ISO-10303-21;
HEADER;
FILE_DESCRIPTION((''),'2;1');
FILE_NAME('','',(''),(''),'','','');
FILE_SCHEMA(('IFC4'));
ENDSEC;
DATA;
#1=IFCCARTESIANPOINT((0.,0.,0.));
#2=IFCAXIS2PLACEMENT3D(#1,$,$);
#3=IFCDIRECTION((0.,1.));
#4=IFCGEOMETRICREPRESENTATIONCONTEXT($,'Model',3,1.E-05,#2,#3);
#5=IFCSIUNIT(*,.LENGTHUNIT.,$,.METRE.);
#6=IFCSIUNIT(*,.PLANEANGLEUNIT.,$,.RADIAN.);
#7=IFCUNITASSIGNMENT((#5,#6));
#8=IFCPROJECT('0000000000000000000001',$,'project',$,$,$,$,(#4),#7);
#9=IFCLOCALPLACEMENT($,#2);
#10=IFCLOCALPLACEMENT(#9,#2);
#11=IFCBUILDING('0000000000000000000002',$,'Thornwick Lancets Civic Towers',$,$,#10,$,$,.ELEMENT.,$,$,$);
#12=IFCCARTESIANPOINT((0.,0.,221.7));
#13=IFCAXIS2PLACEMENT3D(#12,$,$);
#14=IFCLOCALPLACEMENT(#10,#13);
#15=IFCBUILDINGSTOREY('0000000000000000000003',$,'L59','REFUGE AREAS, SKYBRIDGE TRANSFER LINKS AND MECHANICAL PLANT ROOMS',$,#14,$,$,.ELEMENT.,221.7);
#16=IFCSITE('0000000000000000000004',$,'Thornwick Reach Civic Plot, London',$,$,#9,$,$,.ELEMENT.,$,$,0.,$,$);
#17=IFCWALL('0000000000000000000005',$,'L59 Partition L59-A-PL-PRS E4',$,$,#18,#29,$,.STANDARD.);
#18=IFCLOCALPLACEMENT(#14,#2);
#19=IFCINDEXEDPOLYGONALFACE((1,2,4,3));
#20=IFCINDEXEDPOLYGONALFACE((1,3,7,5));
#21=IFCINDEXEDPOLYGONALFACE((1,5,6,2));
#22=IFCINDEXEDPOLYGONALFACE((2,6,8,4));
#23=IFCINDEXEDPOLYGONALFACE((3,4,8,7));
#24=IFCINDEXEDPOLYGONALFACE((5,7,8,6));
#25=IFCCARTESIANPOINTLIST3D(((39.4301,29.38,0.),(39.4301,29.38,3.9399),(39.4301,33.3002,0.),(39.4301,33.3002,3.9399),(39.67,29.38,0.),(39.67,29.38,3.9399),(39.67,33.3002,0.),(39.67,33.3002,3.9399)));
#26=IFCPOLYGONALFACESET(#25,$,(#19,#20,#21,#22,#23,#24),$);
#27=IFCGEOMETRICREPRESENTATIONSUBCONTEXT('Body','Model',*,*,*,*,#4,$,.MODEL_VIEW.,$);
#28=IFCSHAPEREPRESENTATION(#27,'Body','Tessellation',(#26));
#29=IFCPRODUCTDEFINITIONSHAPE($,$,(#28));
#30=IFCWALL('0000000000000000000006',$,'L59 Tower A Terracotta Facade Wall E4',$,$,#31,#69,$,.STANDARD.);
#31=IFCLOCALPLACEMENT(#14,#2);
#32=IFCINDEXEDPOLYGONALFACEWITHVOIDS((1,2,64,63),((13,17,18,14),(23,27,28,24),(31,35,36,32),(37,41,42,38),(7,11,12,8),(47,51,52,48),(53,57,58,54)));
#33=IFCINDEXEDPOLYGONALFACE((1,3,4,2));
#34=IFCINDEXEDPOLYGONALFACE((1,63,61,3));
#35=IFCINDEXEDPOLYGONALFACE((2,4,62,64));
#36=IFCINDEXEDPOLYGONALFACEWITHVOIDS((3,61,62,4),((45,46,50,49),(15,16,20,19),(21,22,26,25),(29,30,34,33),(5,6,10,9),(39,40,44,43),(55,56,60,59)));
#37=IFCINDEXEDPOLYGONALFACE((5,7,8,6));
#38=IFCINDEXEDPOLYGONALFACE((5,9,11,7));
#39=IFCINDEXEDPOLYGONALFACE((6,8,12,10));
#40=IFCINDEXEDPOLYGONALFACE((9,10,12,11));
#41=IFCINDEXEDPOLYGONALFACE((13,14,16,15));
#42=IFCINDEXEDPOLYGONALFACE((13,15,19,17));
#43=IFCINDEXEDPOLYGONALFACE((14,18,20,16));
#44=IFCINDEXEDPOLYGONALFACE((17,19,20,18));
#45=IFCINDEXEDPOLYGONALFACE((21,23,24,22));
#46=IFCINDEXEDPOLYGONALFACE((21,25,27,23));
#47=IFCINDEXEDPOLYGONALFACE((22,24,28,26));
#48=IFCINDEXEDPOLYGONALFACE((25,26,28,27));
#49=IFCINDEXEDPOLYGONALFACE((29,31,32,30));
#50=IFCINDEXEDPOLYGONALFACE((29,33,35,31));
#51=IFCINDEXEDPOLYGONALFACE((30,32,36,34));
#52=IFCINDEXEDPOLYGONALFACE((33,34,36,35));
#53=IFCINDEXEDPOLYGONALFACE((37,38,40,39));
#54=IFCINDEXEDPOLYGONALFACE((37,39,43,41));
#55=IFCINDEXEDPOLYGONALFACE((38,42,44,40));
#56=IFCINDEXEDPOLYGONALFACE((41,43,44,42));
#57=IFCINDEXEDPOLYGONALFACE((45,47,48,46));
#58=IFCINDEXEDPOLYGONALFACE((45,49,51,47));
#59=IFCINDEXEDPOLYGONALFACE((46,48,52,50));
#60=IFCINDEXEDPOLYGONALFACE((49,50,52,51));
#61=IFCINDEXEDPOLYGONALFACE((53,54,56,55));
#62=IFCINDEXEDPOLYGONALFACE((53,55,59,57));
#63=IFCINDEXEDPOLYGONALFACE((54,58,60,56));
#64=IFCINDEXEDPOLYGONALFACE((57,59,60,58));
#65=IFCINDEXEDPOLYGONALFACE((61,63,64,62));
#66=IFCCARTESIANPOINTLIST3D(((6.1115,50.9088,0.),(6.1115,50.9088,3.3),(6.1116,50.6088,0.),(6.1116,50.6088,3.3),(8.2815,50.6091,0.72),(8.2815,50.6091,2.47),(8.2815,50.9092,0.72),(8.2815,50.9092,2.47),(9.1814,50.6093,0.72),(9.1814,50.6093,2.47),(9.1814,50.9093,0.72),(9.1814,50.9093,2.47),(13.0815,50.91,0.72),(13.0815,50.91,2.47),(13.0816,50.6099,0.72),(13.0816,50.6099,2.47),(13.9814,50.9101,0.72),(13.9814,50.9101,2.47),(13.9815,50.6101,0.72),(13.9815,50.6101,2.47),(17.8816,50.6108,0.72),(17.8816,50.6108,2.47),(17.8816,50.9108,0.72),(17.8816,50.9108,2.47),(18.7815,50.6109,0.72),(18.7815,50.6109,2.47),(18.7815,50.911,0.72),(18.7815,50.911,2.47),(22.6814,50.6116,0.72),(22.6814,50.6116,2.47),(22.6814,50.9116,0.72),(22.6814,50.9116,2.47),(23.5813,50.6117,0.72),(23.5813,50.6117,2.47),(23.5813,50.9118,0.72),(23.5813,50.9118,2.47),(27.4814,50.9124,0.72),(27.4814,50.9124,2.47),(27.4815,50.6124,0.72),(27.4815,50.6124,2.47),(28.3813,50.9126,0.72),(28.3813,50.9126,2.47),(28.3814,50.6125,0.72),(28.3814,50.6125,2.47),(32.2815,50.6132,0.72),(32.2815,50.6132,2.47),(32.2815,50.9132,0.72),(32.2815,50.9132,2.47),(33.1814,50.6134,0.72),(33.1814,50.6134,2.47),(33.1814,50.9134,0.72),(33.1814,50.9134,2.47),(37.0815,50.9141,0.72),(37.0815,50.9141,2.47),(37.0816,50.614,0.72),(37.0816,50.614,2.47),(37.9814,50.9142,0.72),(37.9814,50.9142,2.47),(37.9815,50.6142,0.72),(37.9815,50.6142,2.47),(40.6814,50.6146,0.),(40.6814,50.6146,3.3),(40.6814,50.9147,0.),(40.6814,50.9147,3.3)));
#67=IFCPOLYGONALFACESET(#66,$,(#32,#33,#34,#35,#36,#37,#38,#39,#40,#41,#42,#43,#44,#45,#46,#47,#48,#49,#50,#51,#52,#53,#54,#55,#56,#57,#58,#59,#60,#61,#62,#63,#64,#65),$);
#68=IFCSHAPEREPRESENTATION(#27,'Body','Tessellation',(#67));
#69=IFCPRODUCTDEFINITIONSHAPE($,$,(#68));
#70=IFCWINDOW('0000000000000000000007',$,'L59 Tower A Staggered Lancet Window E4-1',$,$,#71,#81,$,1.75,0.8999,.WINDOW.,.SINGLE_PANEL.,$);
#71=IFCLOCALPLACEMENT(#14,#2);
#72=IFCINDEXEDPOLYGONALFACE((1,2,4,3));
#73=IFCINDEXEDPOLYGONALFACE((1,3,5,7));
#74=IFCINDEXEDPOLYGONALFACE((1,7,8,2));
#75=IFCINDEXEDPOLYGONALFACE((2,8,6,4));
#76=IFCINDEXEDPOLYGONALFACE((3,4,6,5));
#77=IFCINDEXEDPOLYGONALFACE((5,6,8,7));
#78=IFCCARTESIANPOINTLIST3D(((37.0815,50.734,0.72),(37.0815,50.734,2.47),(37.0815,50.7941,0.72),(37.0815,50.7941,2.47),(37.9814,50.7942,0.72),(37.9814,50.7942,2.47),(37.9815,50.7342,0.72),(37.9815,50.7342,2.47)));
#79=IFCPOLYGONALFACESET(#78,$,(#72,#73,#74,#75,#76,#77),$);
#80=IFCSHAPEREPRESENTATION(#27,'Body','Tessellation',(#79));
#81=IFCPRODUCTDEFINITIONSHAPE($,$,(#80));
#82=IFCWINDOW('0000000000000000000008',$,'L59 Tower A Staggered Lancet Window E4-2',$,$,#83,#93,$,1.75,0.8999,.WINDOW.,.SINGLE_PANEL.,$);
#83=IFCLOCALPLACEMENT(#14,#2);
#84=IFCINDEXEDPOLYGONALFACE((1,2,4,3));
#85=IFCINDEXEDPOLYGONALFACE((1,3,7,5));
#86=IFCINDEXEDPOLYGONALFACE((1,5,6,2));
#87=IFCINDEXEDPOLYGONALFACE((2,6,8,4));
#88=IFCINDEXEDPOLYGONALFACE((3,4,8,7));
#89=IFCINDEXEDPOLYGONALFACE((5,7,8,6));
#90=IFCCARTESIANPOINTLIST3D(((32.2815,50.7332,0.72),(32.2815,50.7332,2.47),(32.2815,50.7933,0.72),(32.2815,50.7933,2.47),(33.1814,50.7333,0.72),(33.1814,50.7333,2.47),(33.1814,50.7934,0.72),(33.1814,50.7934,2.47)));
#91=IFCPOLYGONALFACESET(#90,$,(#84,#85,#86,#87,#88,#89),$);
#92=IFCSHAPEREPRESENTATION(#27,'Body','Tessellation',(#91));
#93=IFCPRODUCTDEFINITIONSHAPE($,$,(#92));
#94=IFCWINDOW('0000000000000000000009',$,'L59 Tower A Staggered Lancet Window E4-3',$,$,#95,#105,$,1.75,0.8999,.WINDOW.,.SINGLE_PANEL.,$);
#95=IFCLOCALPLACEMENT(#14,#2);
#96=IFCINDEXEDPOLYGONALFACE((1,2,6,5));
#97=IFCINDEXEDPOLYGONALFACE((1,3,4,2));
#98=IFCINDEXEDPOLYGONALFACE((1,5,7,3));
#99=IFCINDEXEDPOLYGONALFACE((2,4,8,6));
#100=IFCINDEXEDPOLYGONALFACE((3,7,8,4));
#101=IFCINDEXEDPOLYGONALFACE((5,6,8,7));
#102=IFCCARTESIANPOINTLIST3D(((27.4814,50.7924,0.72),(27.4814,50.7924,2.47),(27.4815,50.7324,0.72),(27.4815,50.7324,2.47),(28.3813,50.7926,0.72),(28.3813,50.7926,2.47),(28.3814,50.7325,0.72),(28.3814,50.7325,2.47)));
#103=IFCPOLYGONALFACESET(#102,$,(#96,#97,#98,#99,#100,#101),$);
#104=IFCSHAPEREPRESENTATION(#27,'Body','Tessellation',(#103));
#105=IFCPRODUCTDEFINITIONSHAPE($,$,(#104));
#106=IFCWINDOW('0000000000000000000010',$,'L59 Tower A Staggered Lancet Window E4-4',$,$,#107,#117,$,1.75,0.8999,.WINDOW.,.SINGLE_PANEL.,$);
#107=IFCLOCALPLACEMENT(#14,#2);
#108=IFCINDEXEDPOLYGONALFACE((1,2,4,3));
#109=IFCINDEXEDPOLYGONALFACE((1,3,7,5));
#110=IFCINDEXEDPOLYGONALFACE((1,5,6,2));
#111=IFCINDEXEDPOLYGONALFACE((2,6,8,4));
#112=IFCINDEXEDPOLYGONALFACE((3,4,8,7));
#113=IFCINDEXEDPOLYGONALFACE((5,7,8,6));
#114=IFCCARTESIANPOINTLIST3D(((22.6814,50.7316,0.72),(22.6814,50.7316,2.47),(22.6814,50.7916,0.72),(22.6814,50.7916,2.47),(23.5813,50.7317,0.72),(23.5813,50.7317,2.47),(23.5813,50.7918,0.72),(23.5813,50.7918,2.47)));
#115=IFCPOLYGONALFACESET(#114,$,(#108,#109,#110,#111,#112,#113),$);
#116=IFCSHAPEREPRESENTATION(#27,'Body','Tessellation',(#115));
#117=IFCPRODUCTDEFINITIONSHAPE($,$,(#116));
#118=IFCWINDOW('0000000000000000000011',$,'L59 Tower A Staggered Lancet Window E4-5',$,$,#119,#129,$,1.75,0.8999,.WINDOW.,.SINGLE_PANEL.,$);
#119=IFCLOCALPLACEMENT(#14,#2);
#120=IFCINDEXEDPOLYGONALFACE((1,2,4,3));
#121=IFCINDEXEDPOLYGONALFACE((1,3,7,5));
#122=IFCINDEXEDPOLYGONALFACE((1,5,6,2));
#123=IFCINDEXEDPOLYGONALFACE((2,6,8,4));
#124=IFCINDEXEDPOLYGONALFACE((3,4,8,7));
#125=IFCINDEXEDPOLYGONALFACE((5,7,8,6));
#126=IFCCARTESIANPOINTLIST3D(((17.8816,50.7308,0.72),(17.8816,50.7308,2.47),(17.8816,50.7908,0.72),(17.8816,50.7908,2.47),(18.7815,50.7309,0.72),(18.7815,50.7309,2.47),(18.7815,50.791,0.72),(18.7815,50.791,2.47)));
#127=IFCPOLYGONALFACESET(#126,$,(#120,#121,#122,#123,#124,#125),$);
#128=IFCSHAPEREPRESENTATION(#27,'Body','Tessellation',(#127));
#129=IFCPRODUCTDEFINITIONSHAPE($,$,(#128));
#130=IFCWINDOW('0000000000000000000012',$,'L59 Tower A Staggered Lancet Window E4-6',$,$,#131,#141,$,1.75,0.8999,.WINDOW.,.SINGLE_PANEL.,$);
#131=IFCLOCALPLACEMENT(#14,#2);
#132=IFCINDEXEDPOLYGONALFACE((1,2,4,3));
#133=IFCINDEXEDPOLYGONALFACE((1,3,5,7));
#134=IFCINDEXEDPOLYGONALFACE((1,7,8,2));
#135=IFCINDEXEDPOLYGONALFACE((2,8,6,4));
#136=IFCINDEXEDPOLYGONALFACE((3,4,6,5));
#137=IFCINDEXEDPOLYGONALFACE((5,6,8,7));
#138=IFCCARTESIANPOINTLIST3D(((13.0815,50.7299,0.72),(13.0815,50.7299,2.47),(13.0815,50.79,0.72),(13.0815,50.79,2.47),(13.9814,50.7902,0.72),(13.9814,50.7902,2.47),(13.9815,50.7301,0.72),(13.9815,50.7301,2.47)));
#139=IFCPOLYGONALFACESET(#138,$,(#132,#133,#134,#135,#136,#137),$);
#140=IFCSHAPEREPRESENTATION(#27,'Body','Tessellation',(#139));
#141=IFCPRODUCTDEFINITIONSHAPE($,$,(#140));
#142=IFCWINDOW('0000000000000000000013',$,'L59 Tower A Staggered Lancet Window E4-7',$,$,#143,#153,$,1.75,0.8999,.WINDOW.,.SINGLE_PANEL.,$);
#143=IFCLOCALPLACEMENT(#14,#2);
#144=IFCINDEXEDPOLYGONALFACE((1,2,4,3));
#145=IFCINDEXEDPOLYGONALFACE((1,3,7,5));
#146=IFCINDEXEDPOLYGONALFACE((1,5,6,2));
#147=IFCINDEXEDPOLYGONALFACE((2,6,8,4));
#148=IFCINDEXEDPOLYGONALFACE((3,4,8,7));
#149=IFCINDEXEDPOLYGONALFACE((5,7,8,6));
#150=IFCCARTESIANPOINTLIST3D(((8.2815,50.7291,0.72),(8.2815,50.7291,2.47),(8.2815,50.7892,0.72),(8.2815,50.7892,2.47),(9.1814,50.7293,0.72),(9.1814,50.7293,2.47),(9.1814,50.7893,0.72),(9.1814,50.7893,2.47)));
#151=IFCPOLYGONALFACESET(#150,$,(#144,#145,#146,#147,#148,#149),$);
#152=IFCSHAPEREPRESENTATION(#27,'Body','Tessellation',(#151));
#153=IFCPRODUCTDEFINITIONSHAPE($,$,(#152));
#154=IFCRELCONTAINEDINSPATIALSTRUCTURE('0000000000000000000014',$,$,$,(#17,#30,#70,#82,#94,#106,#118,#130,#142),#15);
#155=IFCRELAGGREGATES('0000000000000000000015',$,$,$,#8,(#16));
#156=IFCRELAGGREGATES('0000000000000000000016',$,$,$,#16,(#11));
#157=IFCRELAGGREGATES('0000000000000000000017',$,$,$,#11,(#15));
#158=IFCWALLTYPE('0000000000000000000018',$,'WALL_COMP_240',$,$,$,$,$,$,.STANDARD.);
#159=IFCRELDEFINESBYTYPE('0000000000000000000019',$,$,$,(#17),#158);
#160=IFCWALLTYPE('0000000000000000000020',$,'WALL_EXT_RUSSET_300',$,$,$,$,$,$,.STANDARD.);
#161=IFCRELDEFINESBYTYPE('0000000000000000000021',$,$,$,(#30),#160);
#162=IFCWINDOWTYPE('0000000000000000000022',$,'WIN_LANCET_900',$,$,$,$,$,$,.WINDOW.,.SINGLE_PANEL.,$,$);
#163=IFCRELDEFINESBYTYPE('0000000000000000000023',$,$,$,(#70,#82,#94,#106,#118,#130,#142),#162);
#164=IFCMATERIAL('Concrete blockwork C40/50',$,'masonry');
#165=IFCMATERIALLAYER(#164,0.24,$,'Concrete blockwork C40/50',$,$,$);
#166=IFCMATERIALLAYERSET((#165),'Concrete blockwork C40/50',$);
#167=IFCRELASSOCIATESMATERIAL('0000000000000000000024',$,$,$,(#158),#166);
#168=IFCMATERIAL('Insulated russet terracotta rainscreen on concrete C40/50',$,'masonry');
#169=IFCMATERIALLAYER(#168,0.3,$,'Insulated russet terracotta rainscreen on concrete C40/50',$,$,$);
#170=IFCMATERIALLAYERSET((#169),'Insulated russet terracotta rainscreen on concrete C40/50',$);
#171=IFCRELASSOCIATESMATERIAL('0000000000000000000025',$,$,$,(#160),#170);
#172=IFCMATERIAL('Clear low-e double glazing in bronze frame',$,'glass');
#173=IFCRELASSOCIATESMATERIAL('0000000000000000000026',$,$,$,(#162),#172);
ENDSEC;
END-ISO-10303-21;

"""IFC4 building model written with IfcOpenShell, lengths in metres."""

from ifc_helpers import new_model, si_unit, direction, frame, frame_2d, origin, place, context, subcontext, project, spatial, rectangle, extrude, material, layer, layer_set, type_object, element, fill, save


model = new_model("IFC4")

# Units and contexts
model_context = context("Model", 3, precision=1e-05, world=origin(), true_north=direction((0.0, 1.0)))
body_context = subcontext(model_context, "Body", "Model", "MODEL_VIEW")
ifc_project = project(units=[si_unit("LENGTHUNIT", "METRE"), si_unit("PLANEANGLEUNIT", "RADIAN")], contexts=[model_context])

# Site, building, storey
site_placement = place(None, origin())
site = spatial("IfcSite", under=ifc_project, at=site_placement, Name="Thornwick Reach Civic Plot, London", CompositionType="ELEMENT", RefElevation=0.0)
building_placement = place(site_placement, origin())
building = spatial("IfcBuilding", under=site, at=building_placement, Name="Thornwick Lancets Civic Towers", CompositionType="ELEMENT")
storey_placement = place(building_placement, frame((0.0, 0.0, 221.7)))
storey = spatial("IfcBuildingStorey", under=building, at=storey_placement, Name="L59", Description="REFUGE AREAS, SKYBRIDGE TRANSFER LINKS AND MECHANICAL PLANT ROOMS", CompositionType="ELEMENT", Elevation=221.7)

# Wall
ifc_material_1 = material(Name="Concrete blockwork C40/50", Category="masonry")
ifc_layer_1 = layer(ifc_material_1, 0.24, Name="Concrete blockwork C40/50")
ifc_layer_set_1 = layer_set([ifc_layer_1], Name="Concrete blockwork C40/50")
wall_type_1 = type_object("IfcWallType", Name="WALL_COMP_240", PredefinedType="STANDARD", material=ifc_layer_set_1)
wall_1_placement = place(storey_placement, frame((39.55, 33.3, 0.0), z_axis=(0.0, 0.0, 1.0), x_axis=(0.0, -1.0, 0.0)))
element("IfcWall", 1, at=wall_1_placement, inside=storey, type_object=wall_type_1, Name="L59 Partition L59-A-PL-PRS E4", PredefinedType="STANDARD", context=body_context, shape_type="SweptSolid", body=[
    extrude(rectangle(XDim=3.9202, YDim=0.24, at=frame_2d((1.96, 0.0))), origin(), (0.0, 0.0, 1.0), 3.9399),
])

# Wall, openings, windows
ifc_material_2 = material(Name="Insulated russet terracotta rainscreen on concrete C40/50", Category="masonry")
ifc_layer_2 = layer(ifc_material_2, 0.3, Name="Insulated russet terracotta rainscreen on concrete C40/50")
ifc_layer_set_2 = layer_set([ifc_layer_2], Name="Insulated russet terracotta rainscreen on concrete C40/50")
wall_type_2 = type_object("IfcWallType", Name="WALL_EXT_RUSSET_300", PredefinedType="STANDARD", material=ifc_layer_set_2)
wall_2_placement = place(storey_placement, frame((40.6814, 50.7646, 0.0), z_axis=(0.0, 0.0, 1.0), x_axis=(-1.0, -0.000169, 0.0)))
wall_2 = element("IfcWall", 2, at=wall_2_placement, inside=storey, type_object=wall_type_2, Name="L59 Tower A Terracotta Facade Wall E4", PredefinedType="STANDARD", context=body_context, shape_type="SweptSolid", body=[
    extrude(rectangle(XDim=34.5698, YDim=0.3, at=frame_2d((17.2849, 0.0))), origin(), (0.0, 0.0, 1.0), 3.3),
])
opening_1_placement = place(wall_2_placement, frame((2.7, 0.0, 0.72)))
opening_1 = element("IfcOpeningElement", 3, at=opening_1_placement, cuts=wall_2, PredefinedType="OPENING", context=body_context, shape_type="SweptSolid", body=[
    extrude(rectangle(XDim=0.8999, YDim=1.75, at=frame_2d((0.45, 0.875))), frame((0.0, 0.1602, 0.0), z_axis=(0.0, -1.0, 0.0), x_axis=(1.0, 0.0, 0.0)), (0.0, 0.0, 1.0), 0.3201),
])
opening_2_placement = place(wall_2_placement, frame((7.5, 0.0, 0.72)))
opening_2 = element("IfcOpeningElement", 4, at=opening_2_placement, cuts=wall_2, PredefinedType="OPENING", context=body_context, shape_type="SweptSolid", body=[
    extrude(rectangle(XDim=0.8999, YDim=1.75, at=frame_2d((0.45, 0.875))), frame((0.0, 0.1602, 0.0), z_axis=(0.0, -1.0, 0.0), x_axis=(1.0, 0.0, 0.0)), (0.0, 0.0, 1.0), 0.3201),
])
opening_3_placement = place(wall_2_placement, frame((12.3, 0.0, 0.72)))
opening_3 = element("IfcOpeningElement", 5, at=opening_3_placement, cuts=wall_2, PredefinedType="OPENING", context=body_context, shape_type="SweptSolid", body=[
    extrude(rectangle(XDim=0.8999, YDim=1.75, at=frame_2d((0.45, 0.875))), frame((0.0, 0.1602, 0.0), z_axis=(0.0, -1.0, 0.0), x_axis=(1.0, 0.0, 0.0)), (0.0, 0.0, 1.0), 0.3201),
])
opening_4_placement = place(wall_2_placement, frame((17.1001, 0.0, 0.72)))
opening_4 = element("IfcOpeningElement", 6, at=opening_4_placement, cuts=wall_2, PredefinedType="OPENING", context=body_context, shape_type="SweptSolid", body=[
    extrude(rectangle(XDim=0.8999, YDim=1.75, at=frame_2d((0.45, 0.875))), frame((0.0, 0.1602, 0.0), z_axis=(0.0, -1.0, 0.0), x_axis=(1.0, 0.0, 0.0)), (0.0, 0.0, 1.0), 0.3201),
])
opening_5_placement = place(wall_2_placement, frame((21.8999, 0.0, 0.72)))
opening_5 = element("IfcOpeningElement", 7, at=opening_5_placement, cuts=wall_2, PredefinedType="OPENING", context=body_context, shape_type="SweptSolid", body=[
    extrude(rectangle(XDim=0.8999, YDim=1.75, at=frame_2d((0.45, 0.875))), frame((0.0, 0.1602, 0.0), z_axis=(0.0, -1.0, 0.0), x_axis=(1.0, 0.0, 0.0)), (0.0, 0.0, 1.0), 0.3201),
])
opening_6_placement = place(wall_2_placement, frame((26.7, 0.0, 0.72)))
opening_6 = element("IfcOpeningElement", 8, at=opening_6_placement, cuts=wall_2, PredefinedType="OPENING", context=body_context, shape_type="SweptSolid", body=[
    extrude(rectangle(XDim=0.8999, YDim=1.75, at=frame_2d((0.45, 0.875))), frame((0.0, 0.1602, 0.0), z_axis=(0.0, -1.0, 0.0), x_axis=(1.0, 0.0, 0.0)), (0.0, 0.0, 1.0), 0.3201),
])
opening_7_placement = place(wall_2_placement, frame((31.5, 0.0, 0.72)))
opening_7 = element("IfcOpeningElement", 9, at=opening_7_placement, cuts=wall_2, PredefinedType="OPENING", context=body_context, shape_type="SweptSolid", body=[
    extrude(rectangle(XDim=0.8999, YDim=1.75, at=frame_2d((0.45, 0.875))), frame((0.0, 0.1602, 0.0), z_axis=(0.0, -1.0, 0.0), x_axis=(1.0, 0.0, 0.0)), (0.0, 0.0, 1.0), 0.3201),
])
ifc_material_3 = material(Name="Clear low-e double glazing in bronze frame", Category="glass")
window_type = type_object("IfcWindowType", Name="WIN_LANCET_900", PartitioningType="SINGLE_PANEL", PredefinedType="WINDOW", material=ifc_material_3)
window_1_placement = place(opening_1_placement, origin())
window_1 = element("IfcWindow", 10, at=window_1_placement, inside=storey, type_object=window_type, Name="L59 Tower A Staggered Lancet Window E4-1", OverallHeight=1.75, OverallWidth=0.8999, PartitioningType="SINGLE_PANEL", PredefinedType="WINDOW", context=body_context, shape_type="SweptSolid", body=[
    extrude(rectangle(XDim=0.8999, YDim=1.75, at=frame_2d((0.45, 0.875))), frame((0.0, 0.03, 0.0), z_axis=(0.0, -1.0, 0.0), x_axis=(1.0, 0.0, 0.0)), (0.0, 0.0, 1.0), 0.0601),
])
fill(opening_1, window_1)
window_2_placement = place(opening_2_placement, origin())
window_2 = element("IfcWindow", 11, at=window_2_placement, inside=storey, type_object=window_type, Name="L59 Tower A Staggered Lancet Window E4-2", OverallHeight=1.75, OverallWidth=0.8999, PartitioningType="SINGLE_PANEL", PredefinedType="WINDOW", context=body_context, shape_type="SweptSolid", body=[
    extrude(rectangle(XDim=0.8999, YDim=1.75, at=frame_2d((0.45, 0.875))), frame((0.0, 0.03, 0.0), z_axis=(0.0, -1.0, 0.0), x_axis=(1.0, 0.0, 0.0)), (0.0, 0.0, 1.0), 0.0601),
])
fill(opening_2, window_2)
window_3_placement = place(opening_3_placement, origin())
window_3 = element("IfcWindow", 12, at=window_3_placement, inside=storey, type_object=window_type, Name="L59 Tower A Staggered Lancet Window E4-3", OverallHeight=1.75, OverallWidth=0.8999, PartitioningType="SINGLE_PANEL", PredefinedType="WINDOW", context=body_context, shape_type="SweptSolid", body=[
    extrude(rectangle(XDim=0.8999, YDim=1.75, at=frame_2d((0.45, 0.875))), frame((0.0, 0.03, 0.0), z_axis=(0.0, -1.0, 0.0), x_axis=(1.0, 0.0, 0.0)), (0.0, 0.0, 1.0), 0.0601),
])
fill(opening_3, window_3)
window_4_placement = place(opening_4_placement, origin())
window_4 = element("IfcWindow", 13, at=window_4_placement, inside=storey, type_object=window_type, Name="L59 Tower A Staggered Lancet Window E4-4", OverallHeight=1.75, OverallWidth=0.8999, PartitioningType="SINGLE_PANEL", PredefinedType="WINDOW", context=body_context, shape_type="SweptSolid", body=[
    extrude(rectangle(XDim=0.8999, YDim=1.75, at=frame_2d((0.45, 0.875))), frame((0.0, 0.03, 0.0), z_axis=(0.0, -1.0, 0.0), x_axis=(1.0, 0.0, 0.0)), (0.0, 0.0, 1.0), 0.0601),
])
fill(opening_4, window_4)
window_5_placement = place(opening_5_placement, origin())
window_5 = element("IfcWindow", 14, at=window_5_placement, inside=storey, type_object=window_type, Name="L59 Tower A Staggered Lancet Window E4-5", OverallHeight=1.75, OverallWidth=0.8999, PartitioningType="SINGLE_PANEL", PredefinedType="WINDOW", context=body_context, shape_type="SweptSolid", body=[
    extrude(rectangle(XDim=0.8999, YDim=1.75, at=frame_2d((0.45, 0.875))), frame((0.0, 0.03, 0.0), z_axis=(0.0, -1.0, 0.0), x_axis=(1.0, 0.0, 0.0)), (0.0, 0.0, 1.0), 0.0601),
])
fill(opening_5, window_5)
window_6_placement = place(opening_6_placement, origin())
window_6 = element("IfcWindow", 15, at=window_6_placement, inside=storey, type_object=window_type, Name="L59 Tower A Staggered Lancet Window E4-6", OverallHeight=1.75, OverallWidth=0.8999, PartitioningType="SINGLE_PANEL", PredefinedType="WINDOW", context=body_context, shape_type="SweptSolid", body=[
    extrude(rectangle(XDim=0.8999, YDim=1.75, at=frame_2d((0.45, 0.875))), frame((0.0, 0.03, 0.0), z_axis=(0.0, -1.0, 0.0), x_axis=(1.0, 0.0, 0.0)), (0.0, 0.0, 1.0), 0.0601),
])
fill(opening_6, window_6)
window_7_placement = place(opening_7_placement, origin())
window_7 = element("IfcWindow", 16, at=window_7_placement, inside=storey, type_object=window_type, Name="L59 Tower A Staggered Lancet Window E4-7", OverallHeight=1.75, OverallWidth=0.8999, PartitioningType="SINGLE_PANEL", PredefinedType="WINDOW", context=body_context, shape_type="SweptSolid", body=[
    extrude(rectangle(XDim=0.8999, YDim=1.75, at=frame_2d((0.45, 0.875))), frame((0.0, 0.03, 0.0), z_axis=(0.0, -1.0, 0.0), x_axis=(1.0, 0.0, 0.0)), (0.0, 0.0, 1.0), 0.0601),
])
fill(opening_7, window_7)

save(model, "model.ifc")
